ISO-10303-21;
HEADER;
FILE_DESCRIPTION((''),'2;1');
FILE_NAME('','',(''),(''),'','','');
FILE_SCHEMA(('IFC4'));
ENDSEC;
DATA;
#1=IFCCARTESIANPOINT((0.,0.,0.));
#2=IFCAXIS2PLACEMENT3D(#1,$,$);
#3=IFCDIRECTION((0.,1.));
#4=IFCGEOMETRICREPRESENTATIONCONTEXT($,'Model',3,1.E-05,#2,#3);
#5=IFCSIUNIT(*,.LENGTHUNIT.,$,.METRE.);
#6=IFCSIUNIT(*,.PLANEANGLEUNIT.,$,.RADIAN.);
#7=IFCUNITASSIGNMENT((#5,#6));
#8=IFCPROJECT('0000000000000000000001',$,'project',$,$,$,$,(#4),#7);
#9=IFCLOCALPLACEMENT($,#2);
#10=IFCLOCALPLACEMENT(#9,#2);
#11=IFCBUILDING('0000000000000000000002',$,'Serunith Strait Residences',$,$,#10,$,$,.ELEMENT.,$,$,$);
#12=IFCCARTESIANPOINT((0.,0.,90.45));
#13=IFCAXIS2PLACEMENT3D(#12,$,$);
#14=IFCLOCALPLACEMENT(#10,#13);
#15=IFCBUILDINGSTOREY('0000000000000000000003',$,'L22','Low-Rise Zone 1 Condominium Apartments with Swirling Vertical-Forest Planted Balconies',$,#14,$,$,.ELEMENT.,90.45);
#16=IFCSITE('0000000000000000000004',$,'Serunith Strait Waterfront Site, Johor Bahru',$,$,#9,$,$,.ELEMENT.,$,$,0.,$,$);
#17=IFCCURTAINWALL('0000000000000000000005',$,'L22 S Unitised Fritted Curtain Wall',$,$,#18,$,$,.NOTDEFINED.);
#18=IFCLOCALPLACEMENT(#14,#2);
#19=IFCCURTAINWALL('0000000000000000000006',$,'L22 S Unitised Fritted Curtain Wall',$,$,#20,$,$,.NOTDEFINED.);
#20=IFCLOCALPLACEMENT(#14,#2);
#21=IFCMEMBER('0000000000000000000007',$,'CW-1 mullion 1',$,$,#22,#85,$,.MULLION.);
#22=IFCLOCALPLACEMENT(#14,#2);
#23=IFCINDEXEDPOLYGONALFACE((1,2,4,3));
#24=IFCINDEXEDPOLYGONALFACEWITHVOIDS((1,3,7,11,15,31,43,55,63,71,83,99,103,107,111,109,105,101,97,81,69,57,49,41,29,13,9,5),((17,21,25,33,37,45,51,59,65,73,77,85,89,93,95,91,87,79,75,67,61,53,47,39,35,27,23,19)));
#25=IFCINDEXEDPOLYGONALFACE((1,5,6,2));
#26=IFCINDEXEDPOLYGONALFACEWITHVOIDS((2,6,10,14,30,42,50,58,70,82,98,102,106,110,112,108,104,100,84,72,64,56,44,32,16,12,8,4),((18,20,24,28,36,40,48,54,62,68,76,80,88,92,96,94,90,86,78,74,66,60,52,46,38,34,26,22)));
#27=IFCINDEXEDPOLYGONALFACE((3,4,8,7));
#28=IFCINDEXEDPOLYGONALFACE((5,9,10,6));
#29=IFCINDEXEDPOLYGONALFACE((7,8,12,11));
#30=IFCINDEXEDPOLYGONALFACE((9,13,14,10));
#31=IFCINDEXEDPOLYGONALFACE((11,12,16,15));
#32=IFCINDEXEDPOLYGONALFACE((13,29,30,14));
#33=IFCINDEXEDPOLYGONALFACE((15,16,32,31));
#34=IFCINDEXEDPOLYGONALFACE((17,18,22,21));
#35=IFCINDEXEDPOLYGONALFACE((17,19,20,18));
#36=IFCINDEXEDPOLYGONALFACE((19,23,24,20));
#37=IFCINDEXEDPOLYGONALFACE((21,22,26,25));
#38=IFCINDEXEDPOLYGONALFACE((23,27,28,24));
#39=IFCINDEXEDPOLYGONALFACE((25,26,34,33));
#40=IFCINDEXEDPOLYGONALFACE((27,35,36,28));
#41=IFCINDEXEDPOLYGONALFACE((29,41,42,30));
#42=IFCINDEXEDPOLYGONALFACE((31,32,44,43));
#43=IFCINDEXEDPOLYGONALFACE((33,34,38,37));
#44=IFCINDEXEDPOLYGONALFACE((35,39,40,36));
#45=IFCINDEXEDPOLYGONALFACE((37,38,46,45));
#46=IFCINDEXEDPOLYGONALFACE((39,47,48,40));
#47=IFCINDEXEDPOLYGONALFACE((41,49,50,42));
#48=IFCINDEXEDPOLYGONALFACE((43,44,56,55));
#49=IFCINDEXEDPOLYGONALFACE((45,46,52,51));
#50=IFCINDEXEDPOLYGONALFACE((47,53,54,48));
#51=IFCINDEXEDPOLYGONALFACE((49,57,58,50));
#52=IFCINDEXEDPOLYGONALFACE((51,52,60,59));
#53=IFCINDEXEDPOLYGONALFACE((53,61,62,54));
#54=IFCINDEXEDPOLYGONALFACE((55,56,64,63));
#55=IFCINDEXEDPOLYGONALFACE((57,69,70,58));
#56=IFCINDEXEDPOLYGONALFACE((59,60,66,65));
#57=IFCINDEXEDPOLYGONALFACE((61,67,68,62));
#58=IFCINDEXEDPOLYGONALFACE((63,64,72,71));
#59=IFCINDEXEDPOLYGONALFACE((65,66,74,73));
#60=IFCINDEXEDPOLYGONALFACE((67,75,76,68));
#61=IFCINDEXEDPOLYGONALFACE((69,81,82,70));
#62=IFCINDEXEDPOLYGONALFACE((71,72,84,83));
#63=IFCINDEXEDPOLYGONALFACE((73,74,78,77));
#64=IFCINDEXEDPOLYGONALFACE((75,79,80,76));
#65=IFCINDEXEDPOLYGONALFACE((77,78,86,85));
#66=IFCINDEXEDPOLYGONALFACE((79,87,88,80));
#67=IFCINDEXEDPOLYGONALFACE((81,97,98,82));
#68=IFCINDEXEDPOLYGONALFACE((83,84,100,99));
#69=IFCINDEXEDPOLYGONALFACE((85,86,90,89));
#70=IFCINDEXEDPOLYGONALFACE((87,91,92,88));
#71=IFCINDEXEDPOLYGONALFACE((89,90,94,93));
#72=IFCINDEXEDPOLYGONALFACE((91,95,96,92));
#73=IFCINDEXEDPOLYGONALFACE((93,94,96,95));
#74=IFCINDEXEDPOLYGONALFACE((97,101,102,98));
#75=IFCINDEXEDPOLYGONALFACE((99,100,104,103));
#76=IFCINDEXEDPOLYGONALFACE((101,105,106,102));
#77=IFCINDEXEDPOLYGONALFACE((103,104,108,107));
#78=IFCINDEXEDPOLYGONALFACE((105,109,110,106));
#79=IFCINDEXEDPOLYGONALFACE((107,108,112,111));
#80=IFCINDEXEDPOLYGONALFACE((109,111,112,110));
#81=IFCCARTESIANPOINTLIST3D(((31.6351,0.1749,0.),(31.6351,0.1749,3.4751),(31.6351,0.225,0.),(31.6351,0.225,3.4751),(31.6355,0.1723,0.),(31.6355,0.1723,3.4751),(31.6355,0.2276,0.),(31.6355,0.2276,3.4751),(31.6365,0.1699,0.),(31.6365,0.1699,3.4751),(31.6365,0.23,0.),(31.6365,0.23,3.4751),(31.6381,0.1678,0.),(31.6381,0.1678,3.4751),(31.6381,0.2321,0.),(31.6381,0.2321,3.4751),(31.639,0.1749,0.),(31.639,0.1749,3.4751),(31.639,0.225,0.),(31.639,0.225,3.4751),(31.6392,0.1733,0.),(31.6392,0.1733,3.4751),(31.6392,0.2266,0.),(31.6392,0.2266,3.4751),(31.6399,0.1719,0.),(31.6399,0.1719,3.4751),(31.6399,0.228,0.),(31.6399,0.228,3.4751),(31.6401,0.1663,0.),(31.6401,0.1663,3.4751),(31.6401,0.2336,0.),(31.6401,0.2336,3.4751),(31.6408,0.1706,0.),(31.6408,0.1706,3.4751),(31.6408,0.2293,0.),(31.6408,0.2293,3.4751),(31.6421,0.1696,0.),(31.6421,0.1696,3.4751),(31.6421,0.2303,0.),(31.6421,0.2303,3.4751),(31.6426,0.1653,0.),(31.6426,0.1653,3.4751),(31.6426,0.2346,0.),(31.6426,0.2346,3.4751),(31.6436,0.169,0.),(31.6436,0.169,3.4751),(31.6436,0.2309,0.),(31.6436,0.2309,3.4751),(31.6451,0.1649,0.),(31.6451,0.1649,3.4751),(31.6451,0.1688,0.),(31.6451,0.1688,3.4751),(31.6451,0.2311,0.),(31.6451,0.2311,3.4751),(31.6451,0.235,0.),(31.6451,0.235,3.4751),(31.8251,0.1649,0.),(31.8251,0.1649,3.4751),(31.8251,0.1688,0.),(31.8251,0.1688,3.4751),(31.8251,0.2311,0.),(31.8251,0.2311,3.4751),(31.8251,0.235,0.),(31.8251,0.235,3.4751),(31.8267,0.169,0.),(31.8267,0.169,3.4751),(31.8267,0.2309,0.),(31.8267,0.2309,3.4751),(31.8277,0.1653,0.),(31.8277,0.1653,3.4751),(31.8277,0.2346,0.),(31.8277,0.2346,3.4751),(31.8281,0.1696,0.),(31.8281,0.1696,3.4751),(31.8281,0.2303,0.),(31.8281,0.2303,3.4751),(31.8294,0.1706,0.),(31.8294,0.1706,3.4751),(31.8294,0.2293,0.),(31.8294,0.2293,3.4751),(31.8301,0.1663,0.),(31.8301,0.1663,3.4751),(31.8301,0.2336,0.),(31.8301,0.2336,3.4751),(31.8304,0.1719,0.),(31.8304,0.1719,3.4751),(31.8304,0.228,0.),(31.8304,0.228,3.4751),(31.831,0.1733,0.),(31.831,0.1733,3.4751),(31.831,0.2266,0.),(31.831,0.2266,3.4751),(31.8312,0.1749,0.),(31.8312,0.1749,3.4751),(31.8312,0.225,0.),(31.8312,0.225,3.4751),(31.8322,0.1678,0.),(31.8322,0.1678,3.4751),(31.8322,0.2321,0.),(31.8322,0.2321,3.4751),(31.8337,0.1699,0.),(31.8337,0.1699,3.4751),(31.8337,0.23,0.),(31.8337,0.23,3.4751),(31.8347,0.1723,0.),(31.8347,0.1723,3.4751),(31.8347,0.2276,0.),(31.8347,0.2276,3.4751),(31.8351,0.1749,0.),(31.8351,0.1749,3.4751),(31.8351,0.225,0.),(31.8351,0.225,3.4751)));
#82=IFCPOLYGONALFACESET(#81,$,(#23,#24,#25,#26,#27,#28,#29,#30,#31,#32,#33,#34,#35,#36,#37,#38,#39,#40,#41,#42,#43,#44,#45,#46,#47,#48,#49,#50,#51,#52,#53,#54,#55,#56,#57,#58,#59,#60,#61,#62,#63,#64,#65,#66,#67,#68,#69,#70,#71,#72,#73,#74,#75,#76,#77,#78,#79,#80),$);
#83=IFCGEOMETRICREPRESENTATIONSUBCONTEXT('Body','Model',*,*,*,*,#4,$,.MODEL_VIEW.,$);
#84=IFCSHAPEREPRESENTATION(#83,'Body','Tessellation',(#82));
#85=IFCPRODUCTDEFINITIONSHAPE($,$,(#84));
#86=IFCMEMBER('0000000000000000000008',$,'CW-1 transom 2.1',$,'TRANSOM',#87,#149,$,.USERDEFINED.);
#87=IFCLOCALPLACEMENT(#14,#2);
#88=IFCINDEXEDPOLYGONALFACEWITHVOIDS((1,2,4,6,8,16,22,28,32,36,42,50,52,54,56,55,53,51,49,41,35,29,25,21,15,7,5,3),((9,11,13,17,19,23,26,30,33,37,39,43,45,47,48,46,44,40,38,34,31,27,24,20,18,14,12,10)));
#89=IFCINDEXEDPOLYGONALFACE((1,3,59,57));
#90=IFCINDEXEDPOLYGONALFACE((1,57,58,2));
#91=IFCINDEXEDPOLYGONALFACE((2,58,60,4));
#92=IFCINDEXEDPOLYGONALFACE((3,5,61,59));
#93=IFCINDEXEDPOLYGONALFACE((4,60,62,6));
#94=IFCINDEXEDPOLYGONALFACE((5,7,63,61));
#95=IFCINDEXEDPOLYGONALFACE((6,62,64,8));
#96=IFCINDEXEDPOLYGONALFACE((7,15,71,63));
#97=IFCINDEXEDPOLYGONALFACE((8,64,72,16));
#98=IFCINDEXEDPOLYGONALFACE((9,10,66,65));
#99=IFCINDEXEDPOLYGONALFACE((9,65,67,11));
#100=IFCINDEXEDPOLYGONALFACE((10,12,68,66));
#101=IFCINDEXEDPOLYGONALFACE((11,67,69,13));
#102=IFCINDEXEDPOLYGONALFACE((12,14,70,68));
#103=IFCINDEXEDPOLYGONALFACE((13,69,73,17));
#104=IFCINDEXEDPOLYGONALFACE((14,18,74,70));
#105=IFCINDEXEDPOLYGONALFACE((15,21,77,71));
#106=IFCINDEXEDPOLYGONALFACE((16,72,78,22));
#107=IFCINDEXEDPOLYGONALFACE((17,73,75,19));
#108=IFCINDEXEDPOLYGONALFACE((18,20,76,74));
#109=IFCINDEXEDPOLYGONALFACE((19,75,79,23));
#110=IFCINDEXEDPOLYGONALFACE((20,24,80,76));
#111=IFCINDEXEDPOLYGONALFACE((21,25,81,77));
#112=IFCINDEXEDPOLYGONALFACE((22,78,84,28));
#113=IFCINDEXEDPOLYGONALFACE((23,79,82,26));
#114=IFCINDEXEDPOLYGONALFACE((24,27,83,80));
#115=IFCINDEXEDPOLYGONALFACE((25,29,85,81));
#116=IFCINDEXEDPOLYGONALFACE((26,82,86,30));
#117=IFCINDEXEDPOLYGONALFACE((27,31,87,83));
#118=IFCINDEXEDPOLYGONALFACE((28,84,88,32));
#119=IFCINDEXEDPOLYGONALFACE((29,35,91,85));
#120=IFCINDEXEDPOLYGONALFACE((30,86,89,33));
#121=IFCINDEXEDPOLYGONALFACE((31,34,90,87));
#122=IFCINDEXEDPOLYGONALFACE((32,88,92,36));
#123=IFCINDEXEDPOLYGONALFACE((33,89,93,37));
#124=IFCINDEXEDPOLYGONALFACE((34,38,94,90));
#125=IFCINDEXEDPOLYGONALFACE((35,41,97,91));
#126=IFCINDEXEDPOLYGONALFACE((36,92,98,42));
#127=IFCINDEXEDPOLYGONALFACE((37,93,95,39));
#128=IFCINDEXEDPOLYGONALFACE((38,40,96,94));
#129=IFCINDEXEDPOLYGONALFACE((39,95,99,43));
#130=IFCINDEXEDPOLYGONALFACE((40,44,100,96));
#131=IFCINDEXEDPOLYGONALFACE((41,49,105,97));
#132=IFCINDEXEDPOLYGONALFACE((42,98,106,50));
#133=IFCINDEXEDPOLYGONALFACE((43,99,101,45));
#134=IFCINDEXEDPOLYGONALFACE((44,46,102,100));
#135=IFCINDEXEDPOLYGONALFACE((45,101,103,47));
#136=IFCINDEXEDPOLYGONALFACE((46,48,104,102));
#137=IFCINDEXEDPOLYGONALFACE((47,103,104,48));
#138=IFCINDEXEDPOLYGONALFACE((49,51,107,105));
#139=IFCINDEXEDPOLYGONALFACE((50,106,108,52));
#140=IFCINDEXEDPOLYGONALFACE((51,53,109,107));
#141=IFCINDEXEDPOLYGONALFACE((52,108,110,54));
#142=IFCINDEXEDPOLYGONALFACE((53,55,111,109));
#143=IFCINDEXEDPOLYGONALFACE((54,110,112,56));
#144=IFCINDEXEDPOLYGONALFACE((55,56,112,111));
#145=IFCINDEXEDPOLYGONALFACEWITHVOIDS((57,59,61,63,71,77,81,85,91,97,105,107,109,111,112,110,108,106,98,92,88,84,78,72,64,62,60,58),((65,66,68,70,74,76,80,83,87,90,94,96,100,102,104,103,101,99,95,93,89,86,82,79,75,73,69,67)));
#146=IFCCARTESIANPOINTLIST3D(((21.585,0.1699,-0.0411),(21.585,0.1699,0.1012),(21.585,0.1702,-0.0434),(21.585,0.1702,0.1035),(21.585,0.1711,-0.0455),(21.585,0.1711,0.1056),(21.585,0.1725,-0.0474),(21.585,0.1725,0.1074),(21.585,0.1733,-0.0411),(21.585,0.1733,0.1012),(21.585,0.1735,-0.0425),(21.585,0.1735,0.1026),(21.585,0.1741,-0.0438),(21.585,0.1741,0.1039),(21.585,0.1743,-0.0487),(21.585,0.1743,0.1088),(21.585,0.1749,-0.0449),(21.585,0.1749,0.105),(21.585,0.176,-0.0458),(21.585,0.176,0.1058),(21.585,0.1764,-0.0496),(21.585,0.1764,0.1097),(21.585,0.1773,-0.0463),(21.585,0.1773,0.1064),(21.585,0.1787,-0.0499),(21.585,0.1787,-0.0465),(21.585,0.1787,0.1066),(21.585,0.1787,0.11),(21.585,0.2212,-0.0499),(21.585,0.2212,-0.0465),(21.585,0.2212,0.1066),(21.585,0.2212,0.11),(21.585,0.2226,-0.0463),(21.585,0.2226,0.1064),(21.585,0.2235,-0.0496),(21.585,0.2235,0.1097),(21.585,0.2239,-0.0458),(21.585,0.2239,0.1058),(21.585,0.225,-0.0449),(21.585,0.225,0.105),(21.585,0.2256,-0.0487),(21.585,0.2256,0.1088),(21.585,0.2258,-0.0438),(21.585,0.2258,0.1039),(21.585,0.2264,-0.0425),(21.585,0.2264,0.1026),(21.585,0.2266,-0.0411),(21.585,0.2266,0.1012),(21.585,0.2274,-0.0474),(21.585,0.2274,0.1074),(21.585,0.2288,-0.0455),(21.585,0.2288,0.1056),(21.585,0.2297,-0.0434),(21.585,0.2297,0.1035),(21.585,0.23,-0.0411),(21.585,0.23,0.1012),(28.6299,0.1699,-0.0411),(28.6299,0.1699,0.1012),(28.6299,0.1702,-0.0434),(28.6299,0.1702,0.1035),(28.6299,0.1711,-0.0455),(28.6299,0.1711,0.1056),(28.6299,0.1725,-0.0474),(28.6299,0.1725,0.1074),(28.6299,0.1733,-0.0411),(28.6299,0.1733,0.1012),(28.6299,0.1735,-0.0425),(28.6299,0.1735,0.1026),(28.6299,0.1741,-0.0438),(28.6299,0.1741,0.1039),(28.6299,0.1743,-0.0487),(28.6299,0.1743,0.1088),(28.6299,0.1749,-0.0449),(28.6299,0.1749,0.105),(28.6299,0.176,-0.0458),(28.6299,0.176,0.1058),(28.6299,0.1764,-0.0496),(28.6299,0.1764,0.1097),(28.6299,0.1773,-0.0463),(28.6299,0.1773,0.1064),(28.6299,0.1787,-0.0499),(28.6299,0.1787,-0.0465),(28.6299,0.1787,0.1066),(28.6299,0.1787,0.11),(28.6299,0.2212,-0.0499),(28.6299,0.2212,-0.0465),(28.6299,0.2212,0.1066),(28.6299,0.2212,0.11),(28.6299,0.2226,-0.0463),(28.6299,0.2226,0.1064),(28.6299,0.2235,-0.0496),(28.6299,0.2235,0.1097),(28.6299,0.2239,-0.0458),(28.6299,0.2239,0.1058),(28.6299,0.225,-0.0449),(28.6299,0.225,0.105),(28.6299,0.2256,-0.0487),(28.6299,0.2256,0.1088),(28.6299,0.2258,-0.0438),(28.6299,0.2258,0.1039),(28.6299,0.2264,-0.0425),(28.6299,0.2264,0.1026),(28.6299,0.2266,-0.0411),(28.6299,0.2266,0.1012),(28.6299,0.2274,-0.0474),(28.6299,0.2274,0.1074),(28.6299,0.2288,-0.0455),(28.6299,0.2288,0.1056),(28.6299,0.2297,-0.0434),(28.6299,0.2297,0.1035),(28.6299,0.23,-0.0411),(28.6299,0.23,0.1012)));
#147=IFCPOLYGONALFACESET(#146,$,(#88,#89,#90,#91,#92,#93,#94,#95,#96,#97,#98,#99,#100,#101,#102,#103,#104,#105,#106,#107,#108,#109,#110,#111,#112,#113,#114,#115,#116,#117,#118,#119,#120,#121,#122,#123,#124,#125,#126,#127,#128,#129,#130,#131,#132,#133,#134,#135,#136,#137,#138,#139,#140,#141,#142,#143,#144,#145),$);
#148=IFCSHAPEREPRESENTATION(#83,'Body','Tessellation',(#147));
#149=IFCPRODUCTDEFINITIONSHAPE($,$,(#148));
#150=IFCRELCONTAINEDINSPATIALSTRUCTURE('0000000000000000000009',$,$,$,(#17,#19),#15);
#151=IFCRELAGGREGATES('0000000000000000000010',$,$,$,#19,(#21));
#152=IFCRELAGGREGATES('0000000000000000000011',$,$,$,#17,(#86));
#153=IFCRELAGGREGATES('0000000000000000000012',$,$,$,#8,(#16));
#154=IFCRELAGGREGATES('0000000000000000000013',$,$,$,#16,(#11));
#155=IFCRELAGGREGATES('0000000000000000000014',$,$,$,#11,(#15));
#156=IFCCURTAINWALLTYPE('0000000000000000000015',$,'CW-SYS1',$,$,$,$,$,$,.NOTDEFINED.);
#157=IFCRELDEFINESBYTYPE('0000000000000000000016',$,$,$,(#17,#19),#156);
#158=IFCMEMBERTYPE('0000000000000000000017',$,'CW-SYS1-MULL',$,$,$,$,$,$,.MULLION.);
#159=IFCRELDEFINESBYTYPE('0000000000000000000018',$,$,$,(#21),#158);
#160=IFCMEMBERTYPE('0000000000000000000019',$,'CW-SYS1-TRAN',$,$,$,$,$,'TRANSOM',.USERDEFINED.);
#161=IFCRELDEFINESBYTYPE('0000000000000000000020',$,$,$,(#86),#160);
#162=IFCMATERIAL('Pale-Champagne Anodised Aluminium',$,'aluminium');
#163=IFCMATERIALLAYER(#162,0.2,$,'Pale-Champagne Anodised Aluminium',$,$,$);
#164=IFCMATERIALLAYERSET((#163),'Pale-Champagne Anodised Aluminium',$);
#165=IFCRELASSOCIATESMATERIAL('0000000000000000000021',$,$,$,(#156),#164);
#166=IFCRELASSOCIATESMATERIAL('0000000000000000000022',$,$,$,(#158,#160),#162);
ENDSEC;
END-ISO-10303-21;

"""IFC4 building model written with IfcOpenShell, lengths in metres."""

from ifc_helpers import new_model, si_unit, direction, frame, origin, origin_2d, place, context, subcontext, project, spatial, hollow_rectangle, extrude, source, transform, mapped, material, layer, layer_set, material_profile, profile_set, type_object, element, aggregate, save


model = new_model("IFC4")

# Units and contexts
model_context = context("Model", 3, precision=1e-05, world=origin(), true_north=direction((0.0, 1.0)))
body_context = subcontext(model_context, "Body", "Model", "MODEL_VIEW")
ifc_project = project(units=[si_unit("LENGTHUNIT", "METRE"), si_unit("PLANEANGLEUNIT", "RADIAN")], contexts=[model_context])

# Site, building, storey
site_placement = place(None, origin())
site = spatial("IfcSite", under=ifc_project, at=site_placement, Name="Serunith Strait Waterfront Site, Johor Bahru", CompositionType="ELEMENT", RefElevation=0.0)
building_placement = place(site_placement, origin())
building = spatial("IfcBuilding", under=site, at=building_placement, Name="Serunith Strait Residences", CompositionType="ELEMENT")
storey_placement = place(building_placement, frame((0.0, 0.0, 90.45)))
storey = spatial("IfcBuildingStorey", under=building, at=storey_placement, Name="L22", Description="Low-Rise Zone 1 Condominium Apartments with Swirling Vertical-Forest Planted Balconies", CompositionType="ELEMENT", Elevation=90.45)

# Curtain wall
ifc_material_1 = material(Name="Pale-Champagne Anodised Aluminium", Category="aluminium")
ifc_layer_1 = layer(ifc_material_1, 0.2, Name="Pale-Champagne Anodised Aluminium")
ifc_layer_set_1 = layer_set([ifc_layer_1], Name="Pale-Champagne Anodised Aluminium")
curtain_wall_type = type_object("IfcCurtainWallType", Name="CW-SYS1", PredefinedType="NOTDEFINED", material=ifc_layer_set_1)
curtain_wall_1_placement = place(storey_placement, origin())
curtain_wall_1 = element("IfcCurtainWall", 1, at=curtain_wall_1_placement, inside=storey, type_object=curtain_wall_type, Name="L22 S Unitised Fritted Curtain Wall", PredefinedType="NOTDEFINED")
ifc_material_profile_1 = material_profile(ifc_material_1, hollow_rectangle(XDim=0.0701, YDim=0.2, WallThickness=0.0039, InnerFilletRadius=0.0061, OuterFilletRadius=0.01, at=origin_2d()), Name="ALU 200x70x4")
ifc_profile_set_1 = profile_set([ifc_material_profile_1], Name="Pale-Champagne Anodised Aluminium")
member_type_1 = type_object("IfcMemberType", Name="CW-SYS1-MULL", PredefinedType="MULLION", material=ifc_profile_set_1)
shared_shape_1 = source(origin(), body_context, "Body", "SweptSolid", [
    extrude(hollow_rectangle(XDim=0.0701, YDim=0.2, WallThickness=0.0039, InnerFilletRadius=0.0061, OuterFilletRadius=0.01, at=origin_2d()), origin(), (0.0, 0.0, 1.0), 3.4751),
])

# Curtain wall, member
curtain_wall_2_placement = place(storey_placement, origin())
curtain_wall_2 = element("IfcCurtainWall", 2, at=curtain_wall_2_placement, inside=storey, type_object=curtain_wall_type, Name="L22 S Unitised Fritted Curtain Wall", PredefinedType="NOTDEFINED")
member_1_placement = place(storey_placement, frame((31.7351, 0.2, 0.0), z_axis=(0.0, 0.0, 1.0), x_axis=(0.0, 1.0, 0.0)))
member_1 = element("IfcMember", 3, at=member_1_placement, type_object=member_type_1, Name="CW-1 mullion 1", PredefinedType="MULLION", context=body_context, shape_type="MappedRepresentation", body=[
    mapped(shared_shape_1, transform((0.0, 0.0, 0.0), scale=1.0)),
])

# Member
ifc_material_profile_2 = material_profile(ifc_material_1, hollow_rectangle(XDim=0.0601, YDim=0.1599, WallThickness=0.0034, InnerFilletRadius=0.0054, OuterFilletRadius=0.0088, at=origin_2d()), Name="ALU 160x60x3.5")
ifc_profile_set_2 = profile_set([ifc_material_profile_2], Name="Pale-Champagne Anodised Aluminium")
member_type_2 = type_object("IfcMemberType", Name="CW-SYS1-TRAN", ElementType="TRANSOM", PredefinedType="USERDEFINED", material=ifc_profile_set_2)
shared_shape_2 = source(origin(), body_context, "Body", "SweptSolid", [
    extrude(hollow_rectangle(XDim=0.0601, YDim=0.1599, WallThickness=0.0034, InnerFilletRadius=0.0054, OuterFilletRadius=0.0088, at=origin_2d()), origin(), (0.0, 0.0, 1.0), 7.0449),
])
member_2_placement = place(storey_placement, frame((21.585, 0.2, 0.03), z_axis=(1.0, 0.0, 0.0), x_axis=(0.0, 1.0, 0.0)))
member_2 = element("IfcMember", 4, at=member_2_placement, type_object=member_type_2, Name="CW-1 transom 2.1", ObjectType="TRANSOM", PredefinedType="USERDEFINED", context=body_context, shape_type="MappedRepresentation", body=[
    mapped(shared_shape_2, transform((0.0, 0.0, 0.0), scale=1.0)),
])
aggregate(curtain_wall_2, [member_1])

aggregate(curtain_wall_1, [member_2])

save(model, "model.ifc")
